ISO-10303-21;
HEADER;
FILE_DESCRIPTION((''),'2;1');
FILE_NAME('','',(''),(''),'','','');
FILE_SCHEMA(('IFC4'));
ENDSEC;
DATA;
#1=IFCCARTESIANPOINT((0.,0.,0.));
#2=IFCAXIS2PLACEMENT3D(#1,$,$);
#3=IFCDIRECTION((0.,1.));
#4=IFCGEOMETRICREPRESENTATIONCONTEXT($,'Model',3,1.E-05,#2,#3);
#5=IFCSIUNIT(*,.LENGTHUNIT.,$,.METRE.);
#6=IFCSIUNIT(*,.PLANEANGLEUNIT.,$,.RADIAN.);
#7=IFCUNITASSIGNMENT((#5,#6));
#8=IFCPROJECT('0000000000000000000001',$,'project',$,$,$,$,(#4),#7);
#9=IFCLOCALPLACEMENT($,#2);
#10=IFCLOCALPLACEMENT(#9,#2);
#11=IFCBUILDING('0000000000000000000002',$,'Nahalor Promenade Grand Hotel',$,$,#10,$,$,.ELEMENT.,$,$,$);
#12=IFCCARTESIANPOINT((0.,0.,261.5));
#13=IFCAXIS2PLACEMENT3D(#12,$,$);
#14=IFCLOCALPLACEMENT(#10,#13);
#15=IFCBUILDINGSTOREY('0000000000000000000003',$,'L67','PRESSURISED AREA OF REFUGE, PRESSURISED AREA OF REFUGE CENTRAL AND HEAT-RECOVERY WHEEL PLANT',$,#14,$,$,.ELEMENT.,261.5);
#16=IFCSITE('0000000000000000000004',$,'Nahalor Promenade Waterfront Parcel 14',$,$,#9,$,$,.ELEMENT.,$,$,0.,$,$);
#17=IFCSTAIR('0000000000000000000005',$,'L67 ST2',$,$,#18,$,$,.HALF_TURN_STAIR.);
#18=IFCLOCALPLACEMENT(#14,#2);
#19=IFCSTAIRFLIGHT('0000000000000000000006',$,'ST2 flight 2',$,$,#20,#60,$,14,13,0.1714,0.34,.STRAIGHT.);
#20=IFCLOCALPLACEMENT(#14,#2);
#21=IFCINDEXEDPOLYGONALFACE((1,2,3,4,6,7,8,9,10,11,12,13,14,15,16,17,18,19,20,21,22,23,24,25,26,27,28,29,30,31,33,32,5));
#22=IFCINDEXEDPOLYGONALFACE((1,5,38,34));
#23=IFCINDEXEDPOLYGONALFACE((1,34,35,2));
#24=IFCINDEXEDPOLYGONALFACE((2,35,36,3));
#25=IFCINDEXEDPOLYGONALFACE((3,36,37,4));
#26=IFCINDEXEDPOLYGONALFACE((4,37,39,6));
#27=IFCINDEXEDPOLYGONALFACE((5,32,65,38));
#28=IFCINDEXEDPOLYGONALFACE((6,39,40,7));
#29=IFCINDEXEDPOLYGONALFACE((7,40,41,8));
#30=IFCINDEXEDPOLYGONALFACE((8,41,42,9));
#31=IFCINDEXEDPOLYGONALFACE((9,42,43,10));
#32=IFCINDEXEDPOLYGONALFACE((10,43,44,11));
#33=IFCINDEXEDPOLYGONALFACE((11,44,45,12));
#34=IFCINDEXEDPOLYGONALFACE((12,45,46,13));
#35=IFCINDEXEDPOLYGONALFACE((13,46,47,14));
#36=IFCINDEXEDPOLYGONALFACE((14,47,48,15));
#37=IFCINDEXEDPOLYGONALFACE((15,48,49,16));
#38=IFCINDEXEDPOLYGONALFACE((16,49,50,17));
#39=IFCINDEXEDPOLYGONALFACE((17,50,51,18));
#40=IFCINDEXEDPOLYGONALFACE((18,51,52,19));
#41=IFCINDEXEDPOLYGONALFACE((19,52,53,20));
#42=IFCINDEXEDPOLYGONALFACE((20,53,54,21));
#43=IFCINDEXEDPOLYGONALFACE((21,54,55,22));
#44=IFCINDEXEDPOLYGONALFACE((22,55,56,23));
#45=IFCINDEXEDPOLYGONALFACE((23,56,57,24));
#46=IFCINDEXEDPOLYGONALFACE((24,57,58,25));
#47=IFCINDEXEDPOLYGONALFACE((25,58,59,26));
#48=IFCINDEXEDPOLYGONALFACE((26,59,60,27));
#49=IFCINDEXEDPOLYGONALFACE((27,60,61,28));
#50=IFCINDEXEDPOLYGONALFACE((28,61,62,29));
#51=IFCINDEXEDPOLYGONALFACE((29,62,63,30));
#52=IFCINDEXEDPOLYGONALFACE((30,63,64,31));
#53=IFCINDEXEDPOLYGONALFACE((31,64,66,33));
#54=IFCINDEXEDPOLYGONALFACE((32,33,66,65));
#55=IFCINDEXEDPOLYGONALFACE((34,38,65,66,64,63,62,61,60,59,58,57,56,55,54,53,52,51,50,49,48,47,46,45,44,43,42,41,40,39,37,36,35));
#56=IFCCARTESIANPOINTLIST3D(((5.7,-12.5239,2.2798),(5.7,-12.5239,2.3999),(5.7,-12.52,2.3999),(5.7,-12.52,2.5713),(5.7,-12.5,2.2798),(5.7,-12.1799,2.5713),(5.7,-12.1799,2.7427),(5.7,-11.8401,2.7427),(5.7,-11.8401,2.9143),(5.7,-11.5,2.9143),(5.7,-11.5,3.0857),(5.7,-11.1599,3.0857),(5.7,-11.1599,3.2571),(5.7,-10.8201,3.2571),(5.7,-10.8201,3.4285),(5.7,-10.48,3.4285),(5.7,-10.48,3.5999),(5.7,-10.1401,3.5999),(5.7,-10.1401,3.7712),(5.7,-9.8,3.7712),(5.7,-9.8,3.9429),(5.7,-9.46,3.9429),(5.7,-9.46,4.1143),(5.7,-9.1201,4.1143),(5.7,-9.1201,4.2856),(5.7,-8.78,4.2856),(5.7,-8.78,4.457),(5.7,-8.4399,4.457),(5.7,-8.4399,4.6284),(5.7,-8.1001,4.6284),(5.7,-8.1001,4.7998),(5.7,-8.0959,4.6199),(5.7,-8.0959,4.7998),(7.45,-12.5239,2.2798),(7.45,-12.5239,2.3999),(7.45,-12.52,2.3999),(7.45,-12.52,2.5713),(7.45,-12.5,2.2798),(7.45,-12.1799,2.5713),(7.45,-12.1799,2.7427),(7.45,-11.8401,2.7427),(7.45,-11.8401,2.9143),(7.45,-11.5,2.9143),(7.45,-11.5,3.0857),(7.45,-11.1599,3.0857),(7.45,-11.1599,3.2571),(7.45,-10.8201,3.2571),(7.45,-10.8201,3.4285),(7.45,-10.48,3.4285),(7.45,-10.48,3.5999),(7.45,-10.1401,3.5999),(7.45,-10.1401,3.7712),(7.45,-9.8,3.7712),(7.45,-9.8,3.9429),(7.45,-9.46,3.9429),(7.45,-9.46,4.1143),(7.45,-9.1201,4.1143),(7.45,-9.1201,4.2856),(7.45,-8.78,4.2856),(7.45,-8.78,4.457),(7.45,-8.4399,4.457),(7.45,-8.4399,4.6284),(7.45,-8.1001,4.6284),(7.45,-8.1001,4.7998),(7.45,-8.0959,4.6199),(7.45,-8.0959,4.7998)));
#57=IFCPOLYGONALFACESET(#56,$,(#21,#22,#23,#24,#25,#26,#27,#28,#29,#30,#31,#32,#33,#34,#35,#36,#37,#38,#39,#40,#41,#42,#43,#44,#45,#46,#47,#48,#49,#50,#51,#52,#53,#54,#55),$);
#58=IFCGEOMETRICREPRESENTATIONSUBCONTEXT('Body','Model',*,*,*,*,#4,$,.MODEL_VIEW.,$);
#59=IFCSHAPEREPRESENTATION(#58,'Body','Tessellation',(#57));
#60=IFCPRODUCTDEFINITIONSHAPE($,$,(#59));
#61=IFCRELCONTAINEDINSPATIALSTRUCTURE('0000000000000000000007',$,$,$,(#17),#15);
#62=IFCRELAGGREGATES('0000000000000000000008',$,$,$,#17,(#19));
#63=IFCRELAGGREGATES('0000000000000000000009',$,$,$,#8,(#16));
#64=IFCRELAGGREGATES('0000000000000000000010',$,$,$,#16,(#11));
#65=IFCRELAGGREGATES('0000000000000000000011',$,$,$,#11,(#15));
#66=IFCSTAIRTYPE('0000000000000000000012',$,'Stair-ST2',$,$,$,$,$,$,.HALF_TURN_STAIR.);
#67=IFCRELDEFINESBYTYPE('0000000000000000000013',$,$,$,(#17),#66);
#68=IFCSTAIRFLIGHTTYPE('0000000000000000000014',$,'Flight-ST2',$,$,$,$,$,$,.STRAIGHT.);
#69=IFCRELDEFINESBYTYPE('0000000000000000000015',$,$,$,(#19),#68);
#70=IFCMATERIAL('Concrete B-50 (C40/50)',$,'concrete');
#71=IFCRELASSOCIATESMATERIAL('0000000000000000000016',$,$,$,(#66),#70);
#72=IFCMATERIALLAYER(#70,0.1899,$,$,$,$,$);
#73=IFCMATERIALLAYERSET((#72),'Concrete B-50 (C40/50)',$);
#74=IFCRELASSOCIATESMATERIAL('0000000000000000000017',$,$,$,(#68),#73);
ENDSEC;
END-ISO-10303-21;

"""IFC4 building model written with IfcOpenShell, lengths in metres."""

from ifc_helpers import new_model, si_unit, direction, frame, origin, place, context, subcontext, project, spatial, polyline, outline, extrude, source, transform, mapped, material, layer, layer_set, type_object, element, aggregate, save


model = new_model("IFC4")

# Units and contexts
model_context = context("Model", 3, precision=1e-05, world=origin(), true_north=direction((0.0, 1.0)))
body_context = subcontext(model_context, "Body", "Model", "MODEL_VIEW")
ifc_project = project(units=[si_unit("LENGTHUNIT", "METRE"), si_unit("PLANEANGLEUNIT", "RADIAN")], contexts=[model_context])

# Site, building, storey
site_placement = place(None, origin())
site = spatial("IfcSite", under=ifc_project, at=site_placement, Name="Nahalor Promenade Waterfront Parcel 14", CompositionType="ELEMENT", RefElevation=0.0)
building_placement = place(site_placement, origin())
building = spatial("IfcBuilding", under=site, at=building_placement, Name="Nahalor Promenade Grand Hotel", CompositionType="ELEMENT")
storey_placement = place(building_placement, frame((0.0, 0.0, 261.5)))
storey = spatial("IfcBuildingStorey", under=building, at=storey_placement, Name="L67", Description="PRESSURISED AREA OF REFUGE, PRESSURISED AREA OF REFUGE CENTRAL AND HEAT-RECOVERY WHEEL PLANT", CompositionType="ELEMENT", Elevation=261.5)

# Shared definitions
ifc_material_1 = material(Name="Concrete B-50 (C40/50)", Category="concrete")

# Stair, stair flight
stair_type = type_object("IfcStairType", Name="Stair-ST2", PredefinedType="HALF_TURN_STAIR", material=ifc_material_1)
stair_placement = place(storey_placement, origin())
stair = element("IfcStair", 1, at=stair_placement, inside=storey, type_object=stair_type, Name="L67 ST2", PredefinedType="HALF_TURN_STAIR")
ifc_layer_1 = layer(ifc_material_1, 0.1899)
ifc_layer_set_1 = layer_set([ifc_layer_1], Name="Concrete B-50 (C40/50)")
stair_flight_type = type_object("IfcStairFlightType", Name="Flight-ST2", PredefinedType="STRAIGHT", material=ifc_layer_set_1)
shared_shape_1 = source(origin(), body_context, "Body", "SweptSolid", [
    extrude(outline(polyline([(-0.0039, -0.1201), (-0.0039, 0.0), (0.0, 0.0), (0.0, 0.1714), (0.3401, 0.1714), (0.3401, 0.3428), (0.6799, 0.3428), (0.6799, 0.5144), (1.02, 0.5144), (1.02, 0.6858), (1.3601, 0.6858), (1.3601, 0.8572), (1.7, 0.8572), (1.7, 1.0286), (2.04, 1.0286), (2.04, 1.2), (2.3799, 1.2), (2.3799, 1.3713), (2.72, 1.3713), (2.72, 1.543), (3.0601, 1.543), (3.0601, 1.7144), (3.3999, 1.7144), (3.3999, 1.8857), (3.74, 1.8857), (3.74, 2.0571), (4.0801, 2.0571), (4.0801, 2.2285), (4.4199, 2.2285), (4.4199, 2.3999), (4.4241, 2.3999), (4.4241, 2.22), (0.02, -0.1201), (-0.0039, -0.1201)])), frame((0.0, 0.875, 0.0), z_axis=(0.0, -1.0, 0.0), x_axis=(1.0, 0.0, 0.0)), (0.0, 0.0, 1.0), 1.75),
])
stair_flight_1_placement = place(storey_placement, frame((6.575, -12.52, 2.3999), z_axis=(0.0, 0.0, 1.0), x_axis=(0.0, 1.0, 0.0)))
stair_flight_1 = element("IfcStairFlight", 2, at=stair_flight_1_placement, type_object=stair_flight_type, Name="ST2 flight 2", NumberOfRisers=14, NumberOfTreads=13, PredefinedType="STRAIGHT", RiserHeight=0.1714, TreadLength=0.34, context=body_context, shape_type="MappedRepresentation", body=[
    mapped(shared_shape_1, transform((0.0, 0.0, 0.0), scale=1.0)),
])
aggregate(stair, [stair_flight_1])

save(model, "model.ifc")
